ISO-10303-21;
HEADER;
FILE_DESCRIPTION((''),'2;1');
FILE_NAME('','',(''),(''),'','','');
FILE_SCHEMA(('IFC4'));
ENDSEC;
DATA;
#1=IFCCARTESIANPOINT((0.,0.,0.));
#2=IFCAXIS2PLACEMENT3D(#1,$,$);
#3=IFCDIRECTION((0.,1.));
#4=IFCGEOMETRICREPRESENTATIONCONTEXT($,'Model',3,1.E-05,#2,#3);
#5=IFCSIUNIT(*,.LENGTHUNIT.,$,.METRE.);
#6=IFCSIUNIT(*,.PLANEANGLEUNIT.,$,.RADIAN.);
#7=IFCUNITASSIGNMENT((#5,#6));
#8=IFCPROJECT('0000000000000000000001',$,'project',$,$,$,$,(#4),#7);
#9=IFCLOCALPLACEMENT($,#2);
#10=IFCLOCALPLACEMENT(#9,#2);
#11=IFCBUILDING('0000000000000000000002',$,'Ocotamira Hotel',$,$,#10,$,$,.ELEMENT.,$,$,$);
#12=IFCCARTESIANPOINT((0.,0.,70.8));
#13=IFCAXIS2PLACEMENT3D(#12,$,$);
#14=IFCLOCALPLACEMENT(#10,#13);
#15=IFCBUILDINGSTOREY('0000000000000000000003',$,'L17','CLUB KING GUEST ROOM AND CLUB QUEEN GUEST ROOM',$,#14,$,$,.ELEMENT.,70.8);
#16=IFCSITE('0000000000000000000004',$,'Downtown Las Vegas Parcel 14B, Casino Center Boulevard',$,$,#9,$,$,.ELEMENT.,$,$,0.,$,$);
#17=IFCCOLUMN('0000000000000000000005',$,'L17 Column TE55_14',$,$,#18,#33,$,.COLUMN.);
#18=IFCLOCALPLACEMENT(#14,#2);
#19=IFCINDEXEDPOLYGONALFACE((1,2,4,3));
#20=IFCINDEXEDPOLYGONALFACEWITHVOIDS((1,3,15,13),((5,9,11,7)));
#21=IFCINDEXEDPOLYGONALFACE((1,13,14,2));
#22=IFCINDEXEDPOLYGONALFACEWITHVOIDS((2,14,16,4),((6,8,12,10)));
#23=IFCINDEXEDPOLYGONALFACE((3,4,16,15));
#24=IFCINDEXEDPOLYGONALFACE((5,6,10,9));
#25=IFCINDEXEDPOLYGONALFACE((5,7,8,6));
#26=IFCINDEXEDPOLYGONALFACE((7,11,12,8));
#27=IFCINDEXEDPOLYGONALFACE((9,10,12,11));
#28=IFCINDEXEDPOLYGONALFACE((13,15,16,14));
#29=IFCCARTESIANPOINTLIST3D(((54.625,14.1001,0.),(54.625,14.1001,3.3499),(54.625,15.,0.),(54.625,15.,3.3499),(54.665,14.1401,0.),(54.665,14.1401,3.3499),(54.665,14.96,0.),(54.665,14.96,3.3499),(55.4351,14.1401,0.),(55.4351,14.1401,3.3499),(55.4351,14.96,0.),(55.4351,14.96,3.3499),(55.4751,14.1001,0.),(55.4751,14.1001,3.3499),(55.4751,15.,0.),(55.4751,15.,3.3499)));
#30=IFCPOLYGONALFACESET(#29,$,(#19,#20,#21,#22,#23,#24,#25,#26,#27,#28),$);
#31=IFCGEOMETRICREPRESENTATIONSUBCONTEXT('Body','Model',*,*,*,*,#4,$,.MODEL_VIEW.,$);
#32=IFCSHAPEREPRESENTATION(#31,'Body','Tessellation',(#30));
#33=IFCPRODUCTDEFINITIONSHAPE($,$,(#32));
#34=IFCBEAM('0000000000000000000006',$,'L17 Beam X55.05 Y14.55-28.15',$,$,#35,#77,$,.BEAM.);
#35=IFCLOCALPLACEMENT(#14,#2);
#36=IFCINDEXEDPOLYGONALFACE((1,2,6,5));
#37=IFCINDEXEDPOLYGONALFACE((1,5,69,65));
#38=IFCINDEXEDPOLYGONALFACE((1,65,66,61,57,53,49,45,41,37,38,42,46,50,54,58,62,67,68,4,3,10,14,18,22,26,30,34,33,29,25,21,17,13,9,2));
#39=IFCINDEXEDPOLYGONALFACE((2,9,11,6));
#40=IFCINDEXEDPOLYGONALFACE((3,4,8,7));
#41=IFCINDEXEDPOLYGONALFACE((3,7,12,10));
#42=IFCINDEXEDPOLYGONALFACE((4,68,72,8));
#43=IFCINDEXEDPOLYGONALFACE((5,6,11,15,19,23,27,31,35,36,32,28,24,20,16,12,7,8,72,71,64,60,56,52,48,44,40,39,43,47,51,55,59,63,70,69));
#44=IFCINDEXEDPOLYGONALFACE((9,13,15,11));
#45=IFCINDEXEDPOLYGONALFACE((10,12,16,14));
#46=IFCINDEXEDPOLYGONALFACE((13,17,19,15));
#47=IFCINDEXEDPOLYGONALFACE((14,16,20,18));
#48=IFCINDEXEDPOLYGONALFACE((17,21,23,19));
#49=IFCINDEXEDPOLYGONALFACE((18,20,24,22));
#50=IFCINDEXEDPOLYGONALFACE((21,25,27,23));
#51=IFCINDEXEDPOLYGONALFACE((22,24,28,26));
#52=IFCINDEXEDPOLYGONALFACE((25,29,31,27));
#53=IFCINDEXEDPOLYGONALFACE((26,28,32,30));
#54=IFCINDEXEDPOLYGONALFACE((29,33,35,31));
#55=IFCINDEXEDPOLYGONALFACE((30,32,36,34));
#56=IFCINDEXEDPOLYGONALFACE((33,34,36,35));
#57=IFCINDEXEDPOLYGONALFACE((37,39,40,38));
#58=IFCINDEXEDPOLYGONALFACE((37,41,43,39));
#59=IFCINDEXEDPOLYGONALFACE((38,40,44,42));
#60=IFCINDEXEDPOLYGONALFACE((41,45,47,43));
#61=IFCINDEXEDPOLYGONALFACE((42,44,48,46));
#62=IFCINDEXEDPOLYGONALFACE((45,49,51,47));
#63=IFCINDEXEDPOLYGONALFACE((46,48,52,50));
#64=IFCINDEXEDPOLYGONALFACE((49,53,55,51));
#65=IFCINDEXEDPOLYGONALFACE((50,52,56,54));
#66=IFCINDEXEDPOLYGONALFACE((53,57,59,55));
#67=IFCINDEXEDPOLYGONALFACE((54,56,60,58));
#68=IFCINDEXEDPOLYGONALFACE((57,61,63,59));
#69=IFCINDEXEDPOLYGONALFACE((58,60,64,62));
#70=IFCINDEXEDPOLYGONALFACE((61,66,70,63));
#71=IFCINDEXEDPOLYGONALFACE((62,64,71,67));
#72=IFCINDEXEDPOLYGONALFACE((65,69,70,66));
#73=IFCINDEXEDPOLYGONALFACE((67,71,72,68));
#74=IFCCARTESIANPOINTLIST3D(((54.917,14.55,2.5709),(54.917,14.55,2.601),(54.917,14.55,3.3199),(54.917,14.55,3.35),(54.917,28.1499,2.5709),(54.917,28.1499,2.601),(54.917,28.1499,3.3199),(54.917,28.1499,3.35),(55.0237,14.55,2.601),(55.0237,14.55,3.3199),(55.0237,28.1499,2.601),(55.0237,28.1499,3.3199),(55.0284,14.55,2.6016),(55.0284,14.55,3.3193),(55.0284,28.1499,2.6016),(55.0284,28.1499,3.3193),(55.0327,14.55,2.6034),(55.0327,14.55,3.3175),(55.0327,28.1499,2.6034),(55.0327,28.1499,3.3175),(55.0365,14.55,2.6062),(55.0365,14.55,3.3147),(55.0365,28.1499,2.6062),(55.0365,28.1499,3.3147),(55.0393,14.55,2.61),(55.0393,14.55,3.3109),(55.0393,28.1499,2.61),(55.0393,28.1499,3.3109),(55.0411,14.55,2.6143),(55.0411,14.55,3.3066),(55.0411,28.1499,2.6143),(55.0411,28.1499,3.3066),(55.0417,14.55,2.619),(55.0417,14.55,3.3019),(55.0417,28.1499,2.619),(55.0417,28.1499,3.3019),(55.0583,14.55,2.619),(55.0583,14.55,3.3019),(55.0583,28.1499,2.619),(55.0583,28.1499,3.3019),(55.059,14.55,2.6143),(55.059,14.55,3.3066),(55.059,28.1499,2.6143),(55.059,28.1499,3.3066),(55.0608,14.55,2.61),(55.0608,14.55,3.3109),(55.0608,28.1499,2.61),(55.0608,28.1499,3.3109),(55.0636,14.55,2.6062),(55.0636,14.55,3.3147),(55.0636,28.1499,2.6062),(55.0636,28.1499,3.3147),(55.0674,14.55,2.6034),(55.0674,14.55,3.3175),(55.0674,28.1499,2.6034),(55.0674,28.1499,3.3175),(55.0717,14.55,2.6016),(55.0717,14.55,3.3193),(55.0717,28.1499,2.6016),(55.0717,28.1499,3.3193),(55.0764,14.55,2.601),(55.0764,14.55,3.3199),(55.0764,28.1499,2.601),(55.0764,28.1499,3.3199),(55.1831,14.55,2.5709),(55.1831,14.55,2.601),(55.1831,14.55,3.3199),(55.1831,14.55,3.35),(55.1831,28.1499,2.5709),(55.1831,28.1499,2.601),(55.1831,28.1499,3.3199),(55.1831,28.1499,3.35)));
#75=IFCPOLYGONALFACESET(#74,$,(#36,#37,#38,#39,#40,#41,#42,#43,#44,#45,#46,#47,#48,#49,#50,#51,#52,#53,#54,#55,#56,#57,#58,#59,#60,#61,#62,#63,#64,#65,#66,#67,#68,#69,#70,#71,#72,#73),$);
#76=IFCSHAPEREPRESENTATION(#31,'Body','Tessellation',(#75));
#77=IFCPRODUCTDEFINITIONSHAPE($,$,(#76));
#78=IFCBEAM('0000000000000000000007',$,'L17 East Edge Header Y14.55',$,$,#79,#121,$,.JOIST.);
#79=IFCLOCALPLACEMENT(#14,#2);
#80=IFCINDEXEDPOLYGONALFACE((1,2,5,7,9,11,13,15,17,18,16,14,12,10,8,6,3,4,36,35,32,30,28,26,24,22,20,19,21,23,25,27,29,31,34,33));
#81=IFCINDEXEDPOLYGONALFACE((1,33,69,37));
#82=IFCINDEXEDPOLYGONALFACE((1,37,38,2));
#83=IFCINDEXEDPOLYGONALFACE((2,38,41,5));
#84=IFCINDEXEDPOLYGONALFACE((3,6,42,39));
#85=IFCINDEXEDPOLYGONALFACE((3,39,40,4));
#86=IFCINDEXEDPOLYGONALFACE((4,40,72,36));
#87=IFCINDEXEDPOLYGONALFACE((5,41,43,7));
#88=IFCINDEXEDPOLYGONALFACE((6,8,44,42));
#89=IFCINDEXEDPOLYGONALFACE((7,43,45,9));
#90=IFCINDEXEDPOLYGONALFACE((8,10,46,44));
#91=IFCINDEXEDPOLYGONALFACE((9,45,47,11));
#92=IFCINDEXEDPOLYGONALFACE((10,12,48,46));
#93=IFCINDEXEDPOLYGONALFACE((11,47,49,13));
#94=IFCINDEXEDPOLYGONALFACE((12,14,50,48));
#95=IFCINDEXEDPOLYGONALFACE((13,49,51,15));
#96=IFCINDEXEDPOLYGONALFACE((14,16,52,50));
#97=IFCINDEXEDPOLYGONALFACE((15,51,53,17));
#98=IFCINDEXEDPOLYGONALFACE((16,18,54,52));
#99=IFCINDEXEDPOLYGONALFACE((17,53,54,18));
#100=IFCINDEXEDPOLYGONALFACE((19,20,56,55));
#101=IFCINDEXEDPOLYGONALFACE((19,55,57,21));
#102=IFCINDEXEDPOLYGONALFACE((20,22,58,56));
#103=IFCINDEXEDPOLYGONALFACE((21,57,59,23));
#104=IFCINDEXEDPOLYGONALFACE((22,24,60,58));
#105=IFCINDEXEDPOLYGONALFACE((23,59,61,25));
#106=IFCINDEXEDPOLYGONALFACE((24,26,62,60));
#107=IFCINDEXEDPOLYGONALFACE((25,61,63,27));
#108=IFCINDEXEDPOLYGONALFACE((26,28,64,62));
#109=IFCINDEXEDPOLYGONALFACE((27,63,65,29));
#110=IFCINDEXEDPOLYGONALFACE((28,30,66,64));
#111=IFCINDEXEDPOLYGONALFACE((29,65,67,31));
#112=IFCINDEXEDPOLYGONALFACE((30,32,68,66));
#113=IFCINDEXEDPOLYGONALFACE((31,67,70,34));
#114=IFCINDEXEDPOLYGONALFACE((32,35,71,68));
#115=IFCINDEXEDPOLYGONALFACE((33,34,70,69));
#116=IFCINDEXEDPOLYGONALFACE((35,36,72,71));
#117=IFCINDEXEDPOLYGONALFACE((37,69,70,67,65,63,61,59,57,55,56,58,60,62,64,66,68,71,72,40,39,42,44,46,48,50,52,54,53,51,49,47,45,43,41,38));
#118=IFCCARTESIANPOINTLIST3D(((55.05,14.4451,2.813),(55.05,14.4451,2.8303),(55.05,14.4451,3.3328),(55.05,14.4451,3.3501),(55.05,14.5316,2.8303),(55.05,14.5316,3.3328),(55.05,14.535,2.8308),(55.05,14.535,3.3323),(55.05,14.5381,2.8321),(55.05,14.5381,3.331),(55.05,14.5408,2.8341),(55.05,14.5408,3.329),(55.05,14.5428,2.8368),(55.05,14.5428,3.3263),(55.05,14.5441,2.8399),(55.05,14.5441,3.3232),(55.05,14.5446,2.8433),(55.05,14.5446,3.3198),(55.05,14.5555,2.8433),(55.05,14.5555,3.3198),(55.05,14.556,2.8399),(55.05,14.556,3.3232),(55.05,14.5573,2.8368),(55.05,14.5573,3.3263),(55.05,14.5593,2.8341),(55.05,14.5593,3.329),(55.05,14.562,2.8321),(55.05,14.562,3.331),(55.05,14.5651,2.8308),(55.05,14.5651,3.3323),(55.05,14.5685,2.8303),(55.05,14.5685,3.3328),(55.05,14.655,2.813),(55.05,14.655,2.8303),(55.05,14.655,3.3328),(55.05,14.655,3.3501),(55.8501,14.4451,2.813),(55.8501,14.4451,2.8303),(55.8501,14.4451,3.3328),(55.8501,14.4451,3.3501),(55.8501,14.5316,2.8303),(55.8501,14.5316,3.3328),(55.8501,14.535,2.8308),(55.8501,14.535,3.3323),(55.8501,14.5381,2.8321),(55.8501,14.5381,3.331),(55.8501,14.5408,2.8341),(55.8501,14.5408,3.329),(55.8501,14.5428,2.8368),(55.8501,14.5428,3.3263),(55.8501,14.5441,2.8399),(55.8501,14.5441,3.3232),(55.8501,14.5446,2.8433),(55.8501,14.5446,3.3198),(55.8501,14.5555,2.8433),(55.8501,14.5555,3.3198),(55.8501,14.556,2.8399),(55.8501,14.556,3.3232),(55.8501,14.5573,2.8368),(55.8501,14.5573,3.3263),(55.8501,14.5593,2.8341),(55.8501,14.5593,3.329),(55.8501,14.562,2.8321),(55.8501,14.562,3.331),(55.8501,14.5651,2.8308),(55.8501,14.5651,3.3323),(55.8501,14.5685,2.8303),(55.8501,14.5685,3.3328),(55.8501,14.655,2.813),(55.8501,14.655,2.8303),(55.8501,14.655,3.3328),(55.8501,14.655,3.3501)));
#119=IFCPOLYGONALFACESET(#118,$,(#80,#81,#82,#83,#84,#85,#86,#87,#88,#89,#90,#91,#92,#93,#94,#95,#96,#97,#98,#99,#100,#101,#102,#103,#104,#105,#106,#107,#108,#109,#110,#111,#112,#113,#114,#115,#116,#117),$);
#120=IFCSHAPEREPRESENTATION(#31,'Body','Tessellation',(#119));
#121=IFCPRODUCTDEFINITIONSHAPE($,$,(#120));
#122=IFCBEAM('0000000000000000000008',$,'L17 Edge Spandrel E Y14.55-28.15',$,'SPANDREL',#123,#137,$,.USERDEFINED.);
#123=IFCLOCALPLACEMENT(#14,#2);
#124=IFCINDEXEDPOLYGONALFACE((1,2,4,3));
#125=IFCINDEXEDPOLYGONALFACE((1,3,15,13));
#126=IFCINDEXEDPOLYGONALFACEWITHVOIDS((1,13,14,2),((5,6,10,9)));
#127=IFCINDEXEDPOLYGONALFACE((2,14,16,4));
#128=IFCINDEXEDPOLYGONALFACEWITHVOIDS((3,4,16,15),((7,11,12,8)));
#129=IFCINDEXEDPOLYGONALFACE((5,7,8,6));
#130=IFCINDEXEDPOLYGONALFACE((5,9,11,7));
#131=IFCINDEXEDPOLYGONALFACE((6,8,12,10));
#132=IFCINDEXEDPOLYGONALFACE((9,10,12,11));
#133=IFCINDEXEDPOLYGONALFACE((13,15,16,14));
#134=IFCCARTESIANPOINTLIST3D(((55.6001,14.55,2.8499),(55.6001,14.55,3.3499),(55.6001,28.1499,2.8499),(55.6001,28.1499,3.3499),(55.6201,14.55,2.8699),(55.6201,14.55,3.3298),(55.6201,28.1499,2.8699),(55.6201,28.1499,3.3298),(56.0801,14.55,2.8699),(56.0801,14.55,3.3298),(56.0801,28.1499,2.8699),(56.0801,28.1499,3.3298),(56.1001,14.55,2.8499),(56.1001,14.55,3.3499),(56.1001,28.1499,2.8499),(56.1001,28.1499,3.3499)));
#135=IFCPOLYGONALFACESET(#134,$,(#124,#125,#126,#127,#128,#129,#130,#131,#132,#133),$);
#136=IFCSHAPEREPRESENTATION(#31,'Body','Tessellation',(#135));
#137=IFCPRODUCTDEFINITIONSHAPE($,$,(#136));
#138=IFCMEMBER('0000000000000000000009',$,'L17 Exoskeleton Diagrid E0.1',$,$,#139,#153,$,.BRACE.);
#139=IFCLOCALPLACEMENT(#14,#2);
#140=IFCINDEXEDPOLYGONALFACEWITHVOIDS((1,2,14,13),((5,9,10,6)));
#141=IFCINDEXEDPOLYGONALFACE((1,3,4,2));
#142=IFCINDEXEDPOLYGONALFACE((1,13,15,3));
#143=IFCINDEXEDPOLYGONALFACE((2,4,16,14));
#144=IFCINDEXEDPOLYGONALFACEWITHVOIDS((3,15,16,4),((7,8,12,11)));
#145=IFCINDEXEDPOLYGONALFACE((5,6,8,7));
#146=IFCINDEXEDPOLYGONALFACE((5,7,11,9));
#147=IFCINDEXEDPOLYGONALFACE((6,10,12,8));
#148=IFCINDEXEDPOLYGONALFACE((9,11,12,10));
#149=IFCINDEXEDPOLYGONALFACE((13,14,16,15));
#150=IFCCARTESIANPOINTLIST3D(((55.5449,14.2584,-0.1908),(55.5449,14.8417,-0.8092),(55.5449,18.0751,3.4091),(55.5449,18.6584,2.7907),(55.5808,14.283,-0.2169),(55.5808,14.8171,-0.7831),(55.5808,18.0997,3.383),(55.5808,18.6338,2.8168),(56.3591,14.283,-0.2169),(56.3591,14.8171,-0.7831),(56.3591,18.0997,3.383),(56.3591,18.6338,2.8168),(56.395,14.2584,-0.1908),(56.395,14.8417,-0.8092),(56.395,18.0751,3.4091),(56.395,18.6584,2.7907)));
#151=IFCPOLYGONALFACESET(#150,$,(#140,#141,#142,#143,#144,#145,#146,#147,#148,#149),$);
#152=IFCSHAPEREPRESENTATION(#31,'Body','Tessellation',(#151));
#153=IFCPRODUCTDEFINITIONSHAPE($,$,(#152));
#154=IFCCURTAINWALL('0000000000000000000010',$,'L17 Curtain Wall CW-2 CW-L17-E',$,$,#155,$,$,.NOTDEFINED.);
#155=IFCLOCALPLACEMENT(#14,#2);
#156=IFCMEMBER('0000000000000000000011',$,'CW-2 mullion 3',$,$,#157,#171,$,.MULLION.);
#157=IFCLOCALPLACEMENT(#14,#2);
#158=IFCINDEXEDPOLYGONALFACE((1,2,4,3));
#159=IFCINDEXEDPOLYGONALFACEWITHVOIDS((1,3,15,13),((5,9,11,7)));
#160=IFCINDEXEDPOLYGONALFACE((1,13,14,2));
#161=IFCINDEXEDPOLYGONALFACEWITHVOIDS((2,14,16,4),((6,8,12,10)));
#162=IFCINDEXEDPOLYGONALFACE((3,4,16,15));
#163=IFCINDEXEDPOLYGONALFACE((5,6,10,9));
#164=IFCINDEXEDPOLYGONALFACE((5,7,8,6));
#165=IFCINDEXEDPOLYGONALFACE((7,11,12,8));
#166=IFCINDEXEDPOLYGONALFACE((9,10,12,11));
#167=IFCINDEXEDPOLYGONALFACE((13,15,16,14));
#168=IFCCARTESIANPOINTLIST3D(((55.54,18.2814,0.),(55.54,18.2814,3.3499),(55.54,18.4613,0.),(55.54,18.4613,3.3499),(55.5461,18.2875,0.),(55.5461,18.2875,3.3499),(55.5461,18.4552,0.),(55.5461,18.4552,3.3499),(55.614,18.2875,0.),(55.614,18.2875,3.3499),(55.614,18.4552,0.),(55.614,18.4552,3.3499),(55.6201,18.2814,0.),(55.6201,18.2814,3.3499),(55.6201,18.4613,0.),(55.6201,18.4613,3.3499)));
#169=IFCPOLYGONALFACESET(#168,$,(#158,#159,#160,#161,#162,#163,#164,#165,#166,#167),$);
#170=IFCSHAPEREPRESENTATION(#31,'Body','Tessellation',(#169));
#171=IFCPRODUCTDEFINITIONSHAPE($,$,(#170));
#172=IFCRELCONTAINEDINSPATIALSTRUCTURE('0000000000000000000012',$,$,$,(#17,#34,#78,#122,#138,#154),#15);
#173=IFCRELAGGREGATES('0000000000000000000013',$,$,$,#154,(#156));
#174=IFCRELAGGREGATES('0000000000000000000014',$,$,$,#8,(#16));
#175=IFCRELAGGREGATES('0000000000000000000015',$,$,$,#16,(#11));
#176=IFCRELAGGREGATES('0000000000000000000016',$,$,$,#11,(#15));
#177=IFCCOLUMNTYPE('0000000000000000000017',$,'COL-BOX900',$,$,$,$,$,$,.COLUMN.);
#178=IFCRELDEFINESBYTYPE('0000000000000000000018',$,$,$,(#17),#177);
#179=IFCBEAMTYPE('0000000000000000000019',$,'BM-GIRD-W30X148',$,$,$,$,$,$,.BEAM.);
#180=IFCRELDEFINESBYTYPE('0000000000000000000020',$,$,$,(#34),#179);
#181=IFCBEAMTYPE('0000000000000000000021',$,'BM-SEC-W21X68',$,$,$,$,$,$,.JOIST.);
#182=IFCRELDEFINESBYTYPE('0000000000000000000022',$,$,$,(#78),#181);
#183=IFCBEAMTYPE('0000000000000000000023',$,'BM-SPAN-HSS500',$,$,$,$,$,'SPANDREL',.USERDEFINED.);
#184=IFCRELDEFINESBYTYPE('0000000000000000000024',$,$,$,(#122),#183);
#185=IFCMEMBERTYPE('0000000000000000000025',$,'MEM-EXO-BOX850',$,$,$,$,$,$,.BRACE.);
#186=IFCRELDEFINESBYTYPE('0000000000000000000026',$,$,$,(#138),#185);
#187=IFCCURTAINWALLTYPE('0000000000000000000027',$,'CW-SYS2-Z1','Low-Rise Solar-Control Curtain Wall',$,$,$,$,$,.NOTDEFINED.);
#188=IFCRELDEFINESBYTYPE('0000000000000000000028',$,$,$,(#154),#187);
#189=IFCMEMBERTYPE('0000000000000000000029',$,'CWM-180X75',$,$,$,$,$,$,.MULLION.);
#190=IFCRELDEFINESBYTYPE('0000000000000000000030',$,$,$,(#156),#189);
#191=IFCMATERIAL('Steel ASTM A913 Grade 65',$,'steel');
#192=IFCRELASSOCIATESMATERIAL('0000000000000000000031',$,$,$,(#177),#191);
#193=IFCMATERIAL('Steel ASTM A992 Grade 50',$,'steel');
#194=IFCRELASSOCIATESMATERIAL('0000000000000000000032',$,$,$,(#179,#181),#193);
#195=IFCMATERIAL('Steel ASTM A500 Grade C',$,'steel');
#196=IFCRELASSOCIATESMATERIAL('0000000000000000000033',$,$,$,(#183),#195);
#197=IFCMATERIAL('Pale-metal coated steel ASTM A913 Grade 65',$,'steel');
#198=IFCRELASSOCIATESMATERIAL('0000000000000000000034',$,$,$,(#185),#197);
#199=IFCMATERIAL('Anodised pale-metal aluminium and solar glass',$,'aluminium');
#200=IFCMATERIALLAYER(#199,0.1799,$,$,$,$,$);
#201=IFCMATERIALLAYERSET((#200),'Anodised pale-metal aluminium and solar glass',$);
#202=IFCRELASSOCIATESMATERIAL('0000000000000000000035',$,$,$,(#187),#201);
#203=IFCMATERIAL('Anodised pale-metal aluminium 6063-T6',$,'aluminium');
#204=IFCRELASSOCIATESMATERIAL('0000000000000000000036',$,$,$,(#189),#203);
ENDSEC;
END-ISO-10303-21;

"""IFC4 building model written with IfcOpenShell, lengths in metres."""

from ifc_helpers import new_model, si_unit, direction, frame, origin, origin_2d, place, context, subcontext, project, spatial, hollow_rectangle, i_section, extrude, source, transform, mapped, material, layer, layer_set, material_profile, profile_set, type_object, element, aggregate, save


model = new_model("IFC4")

# Units and contexts
model_context = context("Model", 3, precision=1e-05, world=origin(), true_north=direction((0.0, 1.0)))
body_context = subcontext(model_context, "Body", "Model", "MODEL_VIEW")
ifc_project = project(units=[si_unit("LENGTHUNIT", "METRE"), si_unit("PLANEANGLEUNIT", "RADIAN")], contexts=[model_context])

# Site, building, storey
site_placement = place(None, origin())
site = spatial("IfcSite", under=ifc_project, at=site_placement, Name="Downtown Las Vegas Parcel 14B, Casino Center Boulevard", CompositionType="ELEMENT", RefElevation=0.0)
building_placement = place(site_placement, origin())
building = spatial("IfcBuilding", under=site, at=building_placement, Name="Ocotamira Hotel", CompositionType="ELEMENT")
storey_placement = place(building_placement, frame((0.0, 0.0, 70.8)))
storey = spatial("IfcBuildingStorey", under=building, at=storey_placement, Name="L17", Description="CLUB KING GUEST ROOM AND CLUB QUEEN GUEST ROOM", CompositionType="ELEMENT", Elevation=70.8)

# Column
ifc_material_1 = material(Name="Steel ASTM A913 Grade 65", Category="steel")
ifc_material_profile_1 = material_profile(ifc_material_1, hollow_rectangle(XDim=0.8501, YDim=0.8999, WallThickness=0.04, at=origin_2d()), Name="BOX900X850X40")
ifc_profile_set_1 = profile_set([ifc_material_profile_1], Name="Steel ASTM A913 Grade 65")
column_type = type_object("IfcColumnType", Name="COL-BOX900", PredefinedType="COLUMN", material=ifc_profile_set_1)
shared_shape_1 = source(origin(), body_context, "Body", "SweptSolid", [
    extrude(hollow_rectangle(XDim=0.8501, YDim=0.8999, WallThickness=0.04, at=origin_2d()), origin(), (0.0, 0.0, 1.0), 3.3499),
])
column_placement = place(storey_placement, frame((55.05, 14.55, 0.0), z_axis=(0.0, 0.0, 1.0), x_axis=(1.0, 0.0, 0.0)))
element("IfcColumn", 1, at=column_placement, inside=storey, type_object=column_type, Name="L17 Column TE55_14", PredefinedType="COLUMN", context=body_context, shape_type="MappedRepresentation", body=[
    mapped(shared_shape_1, transform((0.0, 0.0, 0.0), scale=1.0)),
])

# Beams
ifc_material_2 = material(Name="Steel ASTM A992 Grade 50", Category="steel")
ifc_material_profile_2 = material_profile(ifc_material_2, i_section(OverallWidth=0.2661, OverallDepth=0.7791, WebThickness=0.0166, FlangeThickness=0.03, FilletRadius=0.0181, at=origin_2d()), Name="W30X148")
ifc_profile_set_2 = profile_set([ifc_material_profile_2], Name="Steel ASTM A992 Grade 50")
beam_type_1 = type_object("IfcBeamType", Name="BM-GIRD-W30X148", PredefinedType="BEAM", material=ifc_profile_set_2)
shared_shape_2 = source(origin(), body_context, "Body", "SweptSolid", [
    extrude(i_section(OverallWidth=0.2661, OverallDepth=0.7791, WebThickness=0.0166, FlangeThickness=0.03, FilletRadius=0.0181, at=origin_2d()), origin(), (0.0, 0.0, 1.0), 13.5999),
])
beam_1_placement = place(storey_placement, frame((55.05, 14.55, 2.9604), z_axis=(0.0, 1.0, 0.0), x_axis=(-1.0, 0.0, 0.0)))
element("IfcBeam", 2, at=beam_1_placement, inside=storey, type_object=beam_type_1, Name="L17 Beam X55.05 Y14.55-28.15", PredefinedType="BEAM", context=body_context, shape_type="MappedRepresentation", body=[
    mapped(shared_shape_2, transform((0.0, 0.0, 0.0), scale=1.0)),
])
ifc_material_profile_3 = material_profile(ifc_material_2, i_section(OverallWidth=0.21, OverallDepth=0.5371, WebThickness=0.011, FlangeThickness=0.0173, FilletRadius=0.0129, at=origin_2d()), Name="W21X68")
ifc_profile_set_3 = profile_set([ifc_material_profile_3], Name="Steel ASTM A992 Grade 50")
beam_type_2 = type_object("IfcBeamType", Name="BM-SEC-W21X68", PredefinedType="JOIST", material=ifc_profile_set_3)
shared_shape_3 = source(origin(), body_context, "Body", "SweptSolid", [
    extrude(i_section(OverallWidth=0.21, OverallDepth=0.5371, WebThickness=0.011, FlangeThickness=0.0173, FilletRadius=0.0129, at=origin_2d()), origin(), (0.0, 0.0, 1.0), 0.8),
])
beam_2_placement = place(storey_placement, frame((55.05, 14.55, 3.0815), z_axis=(1.0, 0.0, 0.0), x_axis=(0.0, 1.0, 0.0)))
element("IfcBeam", 3, at=beam_2_placement, inside=storey, type_object=beam_type_2, Name="L17 East Edge Header Y14.55", PredefinedType="JOIST", context=body_context, shape_type="MappedRepresentation", body=[
    mapped(shared_shape_3, transform((0.0, 0.0, 0.0), scale=1.0)),
])
ifc_material_3 = material(Name="Steel ASTM A500 Grade C", Category="steel")
ifc_material_profile_4 = material_profile(ifc_material_3, hollow_rectangle(XDim=0.5, YDim=0.5, WallThickness=0.02, at=origin_2d()), Name="HSS500X500X20")
ifc_profile_set_4 = profile_set([ifc_material_profile_4], Name="Steel ASTM A500 Grade C")
beam_type_3 = type_object("IfcBeamType", Name="BM-SPAN-HSS500", ElementType="SPANDREL", PredefinedType="USERDEFINED", material=ifc_profile_set_4)
shared_shape_4 = source(origin(), body_context, "Body", "SweptSolid", [
    extrude(hollow_rectangle(XDim=0.5, YDim=0.5, WallThickness=0.02, at=origin_2d()), origin(), (0.0, 0.0, 1.0), 13.5999),
])
beam_3_placement = place(storey_placement, frame((55.8501, 14.55, 3.0999), z_axis=(0.0, 1.0, 0.0), x_axis=(-1.0, 0.0, 0.0)))
element("IfcBeam", 4, at=beam_3_placement, inside=storey, type_object=beam_type_3, Name="L17 Edge Spandrel E Y14.55-28.15", ObjectType="SPANDREL", PredefinedType="USERDEFINED", context=body_context, shape_type="MappedRepresentation", body=[
    mapped(shared_shape_4, transform((0.0, 0.0, 0.0), scale=1.0)),
])

# Member
ifc_material_4 = material(Name="Pale-metal coated steel ASTM A913 Grade 65", Category="steel")
ifc_material_profile_5 = material_profile(ifc_material_4, hollow_rectangle(XDim=0.8501, YDim=0.8501, WallThickness=0.0359, at=origin_2d()), Name="BOX850X850X36")
ifc_profile_set_5 = profile_set([ifc_material_profile_5], Name="Pale-metal coated steel ASTM A913 Grade 65")
member_type_1 = type_object("IfcMemberType", Name="MEM-EXO-BOX850", PredefinedType="BRACE", material=ifc_profile_set_5)
shared_shape_5 = source(origin(), body_context, "Body", "SweptSolid", [
    extrude(hollow_rectangle(XDim=0.8501, YDim=0.8501, WallThickness=0.0359, at=origin_2d()), origin(), (0.0, 0.0, 1.0), 5.2466),
])
member_1_placement = place(storey_placement, frame((55.97, 14.55, -0.5), z_axis=(0.0, 0.727466, 0.686144), x_axis=(-1.0, 0.0, 0.0)))
element("IfcMember", 5, at=member_1_placement, inside=storey, type_object=member_type_1, Name="L17 Exoskeleton Diagrid E0.1", PredefinedType="BRACE", context=body_context, shape_type="MappedRepresentation", body=[
    mapped(shared_shape_5, transform((0.0, 0.0, 0.0), scale=1.0)),
])

# Curtain wall, member
ifc_material_5 = material(Name="Anodised pale-metal aluminium and solar glass", Category="aluminium")
ifc_layer_1 = layer(ifc_material_5, 0.1799)
ifc_layer_set_1 = layer_set([ifc_layer_1], Name="Anodised pale-metal aluminium and solar glass")
curtain_wall_type = type_object("IfcCurtainWallType", Name="CW-SYS2-Z1", Description="Low-Rise Solar-Control Curtain Wall", PredefinedType="NOTDEFINED", material=ifc_layer_set_1)
curtain_wall_placement = place(storey_placement, origin())
curtain_wall = element("IfcCurtainWall", 6, at=curtain_wall_placement, inside=storey, type_object=curtain_wall_type, Name="L17 Curtain Wall CW-2 CW-L17-E", PredefinedType="NOTDEFINED")
ifc_material_6 = material(Name="Anodised pale-metal aluminium 6063-T6", Category="aluminium")
ifc_material_profile_6 = material_profile(ifc_material_6, hollow_rectangle(XDim=0.0801, YDim=0.1799, WallThickness=0.0061, at=origin_2d()), Name="HSS180X80X6")
ifc_profile_set_6 = profile_set([ifc_material_profile_6], Name="Anodised pale-metal aluminium 6063-T6")
member_type_2 = type_object("IfcMemberType", Name="CWM-180X75", PredefinedType="MULLION", material=ifc_profile_set_6)
shared_shape_6 = source(origin(), body_context, "Body", "SweptSolid", [
    extrude(hollow_rectangle(XDim=0.0801, YDim=0.1799, WallThickness=0.0061, at=origin_2d()), origin(), (0.0, 0.0, 1.0), 3.3499),
])
member_2_placement = place(storey_placement, frame((55.5801, 18.3713, 0.0), z_axis=(0.0, 0.0, 1.0), x_axis=(-1.0, 0.0, 0.0)))
member_2 = element("IfcMember", 7, at=member_2_placement, type_object=member_type_2, Name="CW-2 mullion 3", PredefinedType="MULLION", context=body_context, shape_type="MappedRepresentation", body=[
    mapped(shared_shape_6, transform((0.0, 0.0, 0.0), scale=1.0)),
])

aggregate(curtain_wall, [member_2])

save(model, "model.ifc")
